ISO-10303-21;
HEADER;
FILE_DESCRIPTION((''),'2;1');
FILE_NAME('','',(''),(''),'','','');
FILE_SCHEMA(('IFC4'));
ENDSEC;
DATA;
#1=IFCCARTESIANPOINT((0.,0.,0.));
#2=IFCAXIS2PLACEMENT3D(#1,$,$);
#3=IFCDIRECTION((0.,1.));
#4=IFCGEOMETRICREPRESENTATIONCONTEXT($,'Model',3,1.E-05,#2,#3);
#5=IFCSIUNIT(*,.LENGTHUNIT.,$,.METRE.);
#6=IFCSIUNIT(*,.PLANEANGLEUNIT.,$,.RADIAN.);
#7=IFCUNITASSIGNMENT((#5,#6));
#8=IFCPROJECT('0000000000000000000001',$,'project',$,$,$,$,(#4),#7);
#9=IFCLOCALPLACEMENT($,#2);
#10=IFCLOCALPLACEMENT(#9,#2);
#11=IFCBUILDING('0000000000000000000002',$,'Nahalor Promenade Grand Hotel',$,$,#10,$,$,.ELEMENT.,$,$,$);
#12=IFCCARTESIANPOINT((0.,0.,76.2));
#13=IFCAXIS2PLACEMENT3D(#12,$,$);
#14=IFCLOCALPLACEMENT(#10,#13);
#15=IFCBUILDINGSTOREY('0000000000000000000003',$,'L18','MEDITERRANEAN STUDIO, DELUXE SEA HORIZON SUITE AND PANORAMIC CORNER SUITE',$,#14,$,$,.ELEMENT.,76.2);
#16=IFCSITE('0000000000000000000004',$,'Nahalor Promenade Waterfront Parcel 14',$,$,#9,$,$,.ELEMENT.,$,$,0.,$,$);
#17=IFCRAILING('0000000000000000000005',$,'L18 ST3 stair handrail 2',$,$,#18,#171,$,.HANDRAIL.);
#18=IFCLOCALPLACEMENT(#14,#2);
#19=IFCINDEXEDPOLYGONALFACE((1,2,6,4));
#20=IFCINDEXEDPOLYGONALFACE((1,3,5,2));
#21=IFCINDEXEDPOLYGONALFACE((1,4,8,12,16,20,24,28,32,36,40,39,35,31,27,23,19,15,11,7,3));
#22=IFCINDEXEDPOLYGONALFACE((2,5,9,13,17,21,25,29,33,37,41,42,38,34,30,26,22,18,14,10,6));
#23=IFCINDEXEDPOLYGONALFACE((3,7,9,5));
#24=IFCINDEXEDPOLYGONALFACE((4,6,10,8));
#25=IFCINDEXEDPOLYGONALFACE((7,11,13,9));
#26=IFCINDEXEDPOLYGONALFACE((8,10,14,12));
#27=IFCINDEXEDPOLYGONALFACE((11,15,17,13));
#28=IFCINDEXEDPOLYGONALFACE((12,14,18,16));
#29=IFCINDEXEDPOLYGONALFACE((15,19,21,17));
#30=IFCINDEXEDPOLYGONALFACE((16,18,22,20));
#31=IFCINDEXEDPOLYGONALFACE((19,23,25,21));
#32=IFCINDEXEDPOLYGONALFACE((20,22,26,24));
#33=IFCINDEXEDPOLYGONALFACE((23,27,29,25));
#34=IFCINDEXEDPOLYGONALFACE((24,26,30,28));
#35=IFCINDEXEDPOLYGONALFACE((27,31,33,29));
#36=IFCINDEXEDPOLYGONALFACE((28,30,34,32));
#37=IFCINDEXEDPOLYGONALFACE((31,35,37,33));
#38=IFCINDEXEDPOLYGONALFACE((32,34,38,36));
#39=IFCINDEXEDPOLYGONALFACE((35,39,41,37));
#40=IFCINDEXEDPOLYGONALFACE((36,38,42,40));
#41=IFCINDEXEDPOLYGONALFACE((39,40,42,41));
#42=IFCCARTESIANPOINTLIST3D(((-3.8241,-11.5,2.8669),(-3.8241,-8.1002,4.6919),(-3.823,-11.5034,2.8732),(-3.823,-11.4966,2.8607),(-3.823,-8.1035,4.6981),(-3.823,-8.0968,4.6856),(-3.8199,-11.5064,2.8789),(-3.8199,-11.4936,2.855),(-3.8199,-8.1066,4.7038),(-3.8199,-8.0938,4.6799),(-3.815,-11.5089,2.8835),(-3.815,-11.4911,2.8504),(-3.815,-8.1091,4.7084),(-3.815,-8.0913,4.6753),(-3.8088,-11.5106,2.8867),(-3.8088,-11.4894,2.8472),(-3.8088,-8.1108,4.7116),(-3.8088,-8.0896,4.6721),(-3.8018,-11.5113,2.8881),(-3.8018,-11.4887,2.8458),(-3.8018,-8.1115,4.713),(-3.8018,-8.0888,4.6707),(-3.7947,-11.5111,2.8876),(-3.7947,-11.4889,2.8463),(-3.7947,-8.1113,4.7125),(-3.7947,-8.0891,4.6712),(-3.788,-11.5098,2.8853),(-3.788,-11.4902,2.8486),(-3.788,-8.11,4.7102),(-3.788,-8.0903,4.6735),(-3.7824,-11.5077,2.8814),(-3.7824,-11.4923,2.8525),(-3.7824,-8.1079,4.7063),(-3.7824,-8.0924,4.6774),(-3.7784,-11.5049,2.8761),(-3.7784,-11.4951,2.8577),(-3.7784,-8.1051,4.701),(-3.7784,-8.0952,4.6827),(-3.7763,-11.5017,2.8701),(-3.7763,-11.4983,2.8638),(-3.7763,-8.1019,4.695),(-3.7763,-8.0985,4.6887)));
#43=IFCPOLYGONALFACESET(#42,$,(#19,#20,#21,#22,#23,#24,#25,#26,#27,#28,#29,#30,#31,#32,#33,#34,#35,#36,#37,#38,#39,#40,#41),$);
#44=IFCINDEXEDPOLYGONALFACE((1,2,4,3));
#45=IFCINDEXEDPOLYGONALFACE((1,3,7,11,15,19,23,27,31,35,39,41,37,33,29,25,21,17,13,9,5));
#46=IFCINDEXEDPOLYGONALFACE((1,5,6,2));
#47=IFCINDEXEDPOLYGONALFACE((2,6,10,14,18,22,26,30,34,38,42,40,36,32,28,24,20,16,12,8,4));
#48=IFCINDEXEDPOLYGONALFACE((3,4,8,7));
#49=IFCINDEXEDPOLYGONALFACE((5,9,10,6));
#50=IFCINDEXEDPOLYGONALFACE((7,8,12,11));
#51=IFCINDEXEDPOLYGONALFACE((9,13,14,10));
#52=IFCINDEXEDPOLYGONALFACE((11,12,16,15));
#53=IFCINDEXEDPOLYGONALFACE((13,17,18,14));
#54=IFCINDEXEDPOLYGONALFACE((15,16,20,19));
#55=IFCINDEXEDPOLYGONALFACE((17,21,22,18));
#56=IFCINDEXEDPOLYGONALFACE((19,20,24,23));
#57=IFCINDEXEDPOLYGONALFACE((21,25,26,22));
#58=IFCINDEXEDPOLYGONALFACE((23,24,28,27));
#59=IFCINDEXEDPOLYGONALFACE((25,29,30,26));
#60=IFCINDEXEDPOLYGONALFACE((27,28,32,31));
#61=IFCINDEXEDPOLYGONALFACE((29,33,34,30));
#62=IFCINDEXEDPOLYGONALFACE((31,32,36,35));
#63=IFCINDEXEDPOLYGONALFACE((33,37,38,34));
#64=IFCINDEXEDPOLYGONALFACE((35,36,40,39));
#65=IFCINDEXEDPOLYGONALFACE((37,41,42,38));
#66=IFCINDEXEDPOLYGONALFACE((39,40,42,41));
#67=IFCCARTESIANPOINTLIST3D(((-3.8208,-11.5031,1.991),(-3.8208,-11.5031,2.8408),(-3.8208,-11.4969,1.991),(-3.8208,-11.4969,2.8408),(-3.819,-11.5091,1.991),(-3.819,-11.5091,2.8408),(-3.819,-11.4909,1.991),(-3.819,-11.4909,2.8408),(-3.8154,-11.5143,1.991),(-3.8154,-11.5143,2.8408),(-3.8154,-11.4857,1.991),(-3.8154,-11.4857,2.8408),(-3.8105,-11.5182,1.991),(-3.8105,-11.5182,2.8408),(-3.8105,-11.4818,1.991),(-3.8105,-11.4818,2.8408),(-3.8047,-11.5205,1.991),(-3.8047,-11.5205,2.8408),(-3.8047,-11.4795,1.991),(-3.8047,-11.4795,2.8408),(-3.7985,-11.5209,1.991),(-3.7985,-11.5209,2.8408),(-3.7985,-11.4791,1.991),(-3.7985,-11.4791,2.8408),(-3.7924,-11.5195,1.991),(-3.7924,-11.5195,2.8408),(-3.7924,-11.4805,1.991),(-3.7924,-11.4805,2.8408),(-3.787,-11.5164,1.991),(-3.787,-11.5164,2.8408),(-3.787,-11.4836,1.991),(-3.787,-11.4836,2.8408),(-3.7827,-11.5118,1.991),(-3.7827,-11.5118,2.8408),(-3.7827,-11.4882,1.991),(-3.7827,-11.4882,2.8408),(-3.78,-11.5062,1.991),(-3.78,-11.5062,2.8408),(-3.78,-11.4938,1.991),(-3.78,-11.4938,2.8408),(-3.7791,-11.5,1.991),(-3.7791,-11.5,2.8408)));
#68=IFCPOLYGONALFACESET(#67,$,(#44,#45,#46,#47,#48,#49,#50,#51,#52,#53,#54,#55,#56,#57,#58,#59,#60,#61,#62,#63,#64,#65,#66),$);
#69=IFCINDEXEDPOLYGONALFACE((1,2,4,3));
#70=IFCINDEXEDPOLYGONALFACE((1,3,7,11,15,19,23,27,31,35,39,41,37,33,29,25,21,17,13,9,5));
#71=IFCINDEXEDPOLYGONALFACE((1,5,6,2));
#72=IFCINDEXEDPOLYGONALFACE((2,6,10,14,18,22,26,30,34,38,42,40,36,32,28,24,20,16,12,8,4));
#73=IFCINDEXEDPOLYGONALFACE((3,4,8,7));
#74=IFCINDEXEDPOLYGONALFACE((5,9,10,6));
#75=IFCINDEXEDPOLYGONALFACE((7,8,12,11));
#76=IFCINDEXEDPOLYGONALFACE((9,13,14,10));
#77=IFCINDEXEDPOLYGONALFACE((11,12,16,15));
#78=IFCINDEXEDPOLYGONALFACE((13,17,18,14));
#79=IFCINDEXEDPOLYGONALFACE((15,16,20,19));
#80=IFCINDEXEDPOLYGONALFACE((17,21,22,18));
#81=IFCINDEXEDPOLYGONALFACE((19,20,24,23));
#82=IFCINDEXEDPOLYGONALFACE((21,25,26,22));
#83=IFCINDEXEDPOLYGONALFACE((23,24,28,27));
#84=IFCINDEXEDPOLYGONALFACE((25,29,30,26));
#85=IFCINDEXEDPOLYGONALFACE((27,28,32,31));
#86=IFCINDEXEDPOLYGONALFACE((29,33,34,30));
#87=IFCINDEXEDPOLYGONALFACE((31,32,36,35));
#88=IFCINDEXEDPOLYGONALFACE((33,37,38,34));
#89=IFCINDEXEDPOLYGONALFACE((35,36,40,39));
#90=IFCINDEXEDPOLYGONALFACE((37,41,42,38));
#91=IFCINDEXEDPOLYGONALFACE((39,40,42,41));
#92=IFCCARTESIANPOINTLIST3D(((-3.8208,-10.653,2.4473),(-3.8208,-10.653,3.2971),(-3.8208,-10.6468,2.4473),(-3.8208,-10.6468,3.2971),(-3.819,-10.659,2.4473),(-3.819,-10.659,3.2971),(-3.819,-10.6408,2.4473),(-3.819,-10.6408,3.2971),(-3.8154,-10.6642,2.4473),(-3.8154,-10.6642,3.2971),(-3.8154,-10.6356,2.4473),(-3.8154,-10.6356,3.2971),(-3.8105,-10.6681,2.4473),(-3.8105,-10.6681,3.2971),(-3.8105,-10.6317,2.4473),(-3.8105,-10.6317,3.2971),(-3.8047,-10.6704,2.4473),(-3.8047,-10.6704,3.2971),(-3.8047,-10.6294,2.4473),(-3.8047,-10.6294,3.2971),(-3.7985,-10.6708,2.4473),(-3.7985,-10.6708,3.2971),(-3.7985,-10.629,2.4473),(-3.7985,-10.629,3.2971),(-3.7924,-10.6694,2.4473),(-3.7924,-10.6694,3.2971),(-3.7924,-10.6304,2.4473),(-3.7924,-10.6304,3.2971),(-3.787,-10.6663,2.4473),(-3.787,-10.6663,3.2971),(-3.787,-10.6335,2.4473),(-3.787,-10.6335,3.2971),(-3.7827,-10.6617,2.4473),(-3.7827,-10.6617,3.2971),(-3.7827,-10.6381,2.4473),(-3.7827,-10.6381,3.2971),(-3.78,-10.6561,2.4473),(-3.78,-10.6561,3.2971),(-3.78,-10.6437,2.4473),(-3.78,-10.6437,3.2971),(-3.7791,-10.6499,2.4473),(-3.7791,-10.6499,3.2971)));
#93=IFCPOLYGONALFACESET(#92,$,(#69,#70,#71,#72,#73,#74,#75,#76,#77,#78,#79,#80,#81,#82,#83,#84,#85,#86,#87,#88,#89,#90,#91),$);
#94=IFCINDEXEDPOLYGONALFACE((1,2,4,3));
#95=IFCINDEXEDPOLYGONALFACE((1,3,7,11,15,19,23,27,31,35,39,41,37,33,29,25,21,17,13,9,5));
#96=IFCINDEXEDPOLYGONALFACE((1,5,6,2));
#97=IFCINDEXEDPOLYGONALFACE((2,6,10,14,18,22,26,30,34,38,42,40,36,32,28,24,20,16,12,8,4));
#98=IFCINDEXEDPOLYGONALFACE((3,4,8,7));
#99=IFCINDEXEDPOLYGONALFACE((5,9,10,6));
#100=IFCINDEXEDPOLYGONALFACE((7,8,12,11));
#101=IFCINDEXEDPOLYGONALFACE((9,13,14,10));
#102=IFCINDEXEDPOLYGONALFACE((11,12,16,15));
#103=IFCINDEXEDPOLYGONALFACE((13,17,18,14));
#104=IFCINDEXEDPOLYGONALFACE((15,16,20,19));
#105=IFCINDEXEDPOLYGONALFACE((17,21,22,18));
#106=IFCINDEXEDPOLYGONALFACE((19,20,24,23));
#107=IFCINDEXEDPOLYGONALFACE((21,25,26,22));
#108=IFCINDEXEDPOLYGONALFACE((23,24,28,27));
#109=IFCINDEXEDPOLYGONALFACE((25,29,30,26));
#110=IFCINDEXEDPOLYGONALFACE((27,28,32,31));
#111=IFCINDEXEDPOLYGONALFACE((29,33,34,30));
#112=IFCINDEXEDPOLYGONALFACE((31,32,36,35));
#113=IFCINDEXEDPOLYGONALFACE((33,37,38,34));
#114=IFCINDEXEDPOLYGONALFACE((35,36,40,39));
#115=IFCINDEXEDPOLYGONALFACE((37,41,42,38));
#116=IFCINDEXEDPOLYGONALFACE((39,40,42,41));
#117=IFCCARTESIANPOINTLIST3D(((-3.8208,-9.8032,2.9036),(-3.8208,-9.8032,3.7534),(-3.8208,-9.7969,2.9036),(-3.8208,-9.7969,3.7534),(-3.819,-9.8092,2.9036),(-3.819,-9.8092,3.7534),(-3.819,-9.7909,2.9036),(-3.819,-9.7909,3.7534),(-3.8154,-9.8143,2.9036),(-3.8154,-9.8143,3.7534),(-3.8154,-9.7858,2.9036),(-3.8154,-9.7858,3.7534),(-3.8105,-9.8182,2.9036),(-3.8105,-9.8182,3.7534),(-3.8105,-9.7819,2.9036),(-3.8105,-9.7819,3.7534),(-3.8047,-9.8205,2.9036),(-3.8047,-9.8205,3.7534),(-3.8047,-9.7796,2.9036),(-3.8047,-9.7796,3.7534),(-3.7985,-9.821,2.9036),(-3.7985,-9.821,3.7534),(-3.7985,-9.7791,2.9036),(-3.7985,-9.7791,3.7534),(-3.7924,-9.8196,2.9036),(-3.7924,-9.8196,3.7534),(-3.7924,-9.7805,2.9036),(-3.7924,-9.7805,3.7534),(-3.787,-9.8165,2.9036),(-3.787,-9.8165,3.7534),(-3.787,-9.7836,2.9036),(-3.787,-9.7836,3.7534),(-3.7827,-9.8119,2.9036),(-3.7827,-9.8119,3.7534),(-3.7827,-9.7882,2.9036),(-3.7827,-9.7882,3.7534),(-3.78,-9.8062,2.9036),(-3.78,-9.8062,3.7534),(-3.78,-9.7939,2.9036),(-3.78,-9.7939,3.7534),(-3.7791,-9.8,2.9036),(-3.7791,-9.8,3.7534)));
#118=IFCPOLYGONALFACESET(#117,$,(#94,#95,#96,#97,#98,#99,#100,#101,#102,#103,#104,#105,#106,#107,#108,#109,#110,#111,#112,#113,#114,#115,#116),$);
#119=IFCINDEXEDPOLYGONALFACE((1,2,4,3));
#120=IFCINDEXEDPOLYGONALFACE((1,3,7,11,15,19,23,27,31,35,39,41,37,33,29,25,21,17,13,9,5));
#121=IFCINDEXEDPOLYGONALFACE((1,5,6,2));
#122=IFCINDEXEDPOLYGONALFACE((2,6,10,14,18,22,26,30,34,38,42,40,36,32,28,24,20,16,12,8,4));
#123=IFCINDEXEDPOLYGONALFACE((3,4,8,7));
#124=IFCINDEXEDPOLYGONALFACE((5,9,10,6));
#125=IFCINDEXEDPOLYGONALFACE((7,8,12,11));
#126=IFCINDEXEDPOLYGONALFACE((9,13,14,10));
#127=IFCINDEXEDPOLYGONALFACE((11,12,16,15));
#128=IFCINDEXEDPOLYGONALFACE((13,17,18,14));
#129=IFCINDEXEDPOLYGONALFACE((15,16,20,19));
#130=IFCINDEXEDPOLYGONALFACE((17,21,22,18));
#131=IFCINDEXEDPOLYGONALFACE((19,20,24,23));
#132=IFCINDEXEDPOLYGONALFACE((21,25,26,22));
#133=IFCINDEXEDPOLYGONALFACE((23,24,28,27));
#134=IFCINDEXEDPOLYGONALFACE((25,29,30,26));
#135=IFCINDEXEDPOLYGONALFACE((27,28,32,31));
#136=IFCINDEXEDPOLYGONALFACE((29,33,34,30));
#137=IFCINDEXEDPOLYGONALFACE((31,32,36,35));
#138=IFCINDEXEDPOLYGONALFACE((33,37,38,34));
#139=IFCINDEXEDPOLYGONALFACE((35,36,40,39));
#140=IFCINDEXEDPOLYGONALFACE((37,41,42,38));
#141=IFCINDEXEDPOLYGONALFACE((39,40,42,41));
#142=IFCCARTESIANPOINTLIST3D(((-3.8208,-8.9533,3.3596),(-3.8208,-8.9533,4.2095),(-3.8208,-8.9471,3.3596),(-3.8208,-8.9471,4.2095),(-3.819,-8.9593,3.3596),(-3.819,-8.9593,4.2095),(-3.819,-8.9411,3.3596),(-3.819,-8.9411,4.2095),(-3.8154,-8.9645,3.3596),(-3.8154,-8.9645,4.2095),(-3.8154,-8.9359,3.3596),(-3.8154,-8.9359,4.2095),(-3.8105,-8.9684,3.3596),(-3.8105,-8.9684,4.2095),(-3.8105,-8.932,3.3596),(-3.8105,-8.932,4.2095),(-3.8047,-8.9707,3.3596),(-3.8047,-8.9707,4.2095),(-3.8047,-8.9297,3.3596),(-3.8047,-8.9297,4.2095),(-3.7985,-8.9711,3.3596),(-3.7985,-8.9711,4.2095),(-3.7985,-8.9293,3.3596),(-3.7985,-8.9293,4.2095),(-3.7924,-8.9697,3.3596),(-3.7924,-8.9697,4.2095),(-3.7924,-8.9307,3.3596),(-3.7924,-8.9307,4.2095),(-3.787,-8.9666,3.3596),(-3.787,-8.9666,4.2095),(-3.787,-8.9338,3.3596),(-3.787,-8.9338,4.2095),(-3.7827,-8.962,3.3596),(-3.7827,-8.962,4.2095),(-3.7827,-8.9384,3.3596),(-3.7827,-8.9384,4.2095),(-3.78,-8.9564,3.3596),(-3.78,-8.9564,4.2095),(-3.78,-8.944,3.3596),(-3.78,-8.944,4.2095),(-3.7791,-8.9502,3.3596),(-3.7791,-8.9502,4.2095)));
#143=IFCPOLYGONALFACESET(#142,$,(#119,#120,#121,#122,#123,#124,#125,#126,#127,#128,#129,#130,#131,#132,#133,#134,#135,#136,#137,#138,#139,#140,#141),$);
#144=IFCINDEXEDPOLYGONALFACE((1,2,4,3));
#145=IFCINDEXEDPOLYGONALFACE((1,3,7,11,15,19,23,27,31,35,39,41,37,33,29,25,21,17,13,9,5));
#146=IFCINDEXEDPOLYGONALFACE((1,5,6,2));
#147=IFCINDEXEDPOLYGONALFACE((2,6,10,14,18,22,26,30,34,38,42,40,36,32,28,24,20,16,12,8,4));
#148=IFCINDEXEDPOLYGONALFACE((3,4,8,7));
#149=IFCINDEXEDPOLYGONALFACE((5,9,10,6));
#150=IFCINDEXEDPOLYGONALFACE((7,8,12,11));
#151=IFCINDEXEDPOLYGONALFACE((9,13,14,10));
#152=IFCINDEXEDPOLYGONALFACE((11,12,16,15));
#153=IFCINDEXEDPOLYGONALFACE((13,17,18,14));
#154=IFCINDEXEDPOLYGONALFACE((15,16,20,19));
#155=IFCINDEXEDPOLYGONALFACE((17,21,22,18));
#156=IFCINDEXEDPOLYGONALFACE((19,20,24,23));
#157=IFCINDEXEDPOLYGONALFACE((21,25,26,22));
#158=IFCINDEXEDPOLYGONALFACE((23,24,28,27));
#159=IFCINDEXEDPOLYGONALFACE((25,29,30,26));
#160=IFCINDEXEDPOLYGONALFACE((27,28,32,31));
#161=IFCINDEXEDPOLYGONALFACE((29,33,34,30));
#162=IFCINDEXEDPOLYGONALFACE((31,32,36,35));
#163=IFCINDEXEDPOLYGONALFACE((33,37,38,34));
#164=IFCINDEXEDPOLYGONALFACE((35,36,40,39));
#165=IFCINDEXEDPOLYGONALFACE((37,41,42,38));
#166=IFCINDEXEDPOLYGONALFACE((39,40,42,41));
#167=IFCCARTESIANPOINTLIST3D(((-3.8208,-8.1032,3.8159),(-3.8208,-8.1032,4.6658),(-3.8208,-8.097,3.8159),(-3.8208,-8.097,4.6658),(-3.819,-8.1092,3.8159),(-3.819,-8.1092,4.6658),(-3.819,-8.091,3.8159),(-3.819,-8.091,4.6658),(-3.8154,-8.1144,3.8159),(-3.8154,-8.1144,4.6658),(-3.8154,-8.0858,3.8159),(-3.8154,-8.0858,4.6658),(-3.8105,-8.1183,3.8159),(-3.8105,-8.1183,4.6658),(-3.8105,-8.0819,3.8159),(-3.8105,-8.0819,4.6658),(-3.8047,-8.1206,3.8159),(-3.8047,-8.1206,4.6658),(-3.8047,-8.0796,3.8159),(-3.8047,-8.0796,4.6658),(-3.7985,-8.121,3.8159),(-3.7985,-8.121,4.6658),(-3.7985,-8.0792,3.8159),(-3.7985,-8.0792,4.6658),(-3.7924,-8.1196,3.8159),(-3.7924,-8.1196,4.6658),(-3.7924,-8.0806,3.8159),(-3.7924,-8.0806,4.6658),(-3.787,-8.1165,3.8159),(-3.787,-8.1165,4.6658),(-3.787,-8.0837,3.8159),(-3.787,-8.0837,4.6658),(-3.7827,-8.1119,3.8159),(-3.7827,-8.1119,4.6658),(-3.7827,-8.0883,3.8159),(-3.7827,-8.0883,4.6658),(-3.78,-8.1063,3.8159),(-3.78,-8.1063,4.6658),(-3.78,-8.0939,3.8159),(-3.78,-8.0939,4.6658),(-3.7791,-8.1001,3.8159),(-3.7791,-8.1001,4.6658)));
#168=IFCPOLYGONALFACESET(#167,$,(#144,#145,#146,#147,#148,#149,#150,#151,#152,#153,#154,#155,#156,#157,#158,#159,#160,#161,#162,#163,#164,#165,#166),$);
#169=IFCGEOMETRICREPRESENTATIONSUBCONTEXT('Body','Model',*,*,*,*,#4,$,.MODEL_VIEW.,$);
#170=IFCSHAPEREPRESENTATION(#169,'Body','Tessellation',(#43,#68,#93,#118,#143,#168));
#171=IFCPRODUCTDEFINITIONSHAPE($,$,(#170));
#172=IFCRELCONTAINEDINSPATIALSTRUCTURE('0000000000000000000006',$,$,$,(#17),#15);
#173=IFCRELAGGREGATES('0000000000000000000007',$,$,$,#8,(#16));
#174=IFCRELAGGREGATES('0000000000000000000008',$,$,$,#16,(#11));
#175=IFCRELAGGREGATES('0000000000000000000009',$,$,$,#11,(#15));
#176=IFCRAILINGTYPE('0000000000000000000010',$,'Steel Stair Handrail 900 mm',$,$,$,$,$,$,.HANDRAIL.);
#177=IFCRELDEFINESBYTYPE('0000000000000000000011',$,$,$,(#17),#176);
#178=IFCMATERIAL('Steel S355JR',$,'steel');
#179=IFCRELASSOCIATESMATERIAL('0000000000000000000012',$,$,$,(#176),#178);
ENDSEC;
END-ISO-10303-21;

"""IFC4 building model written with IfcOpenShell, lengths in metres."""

from ifc_helpers import new_model, si_unit, direction, frame, origin, origin_2d, place, context, subcontext, project, spatial, circle, extrude, material, type_object, element, save


model = new_model("IFC4")

# Units and contexts
model_context = context("Model", 3, precision=1e-05, world=origin(), true_north=direction((0.0, 1.0)))
body_context = subcontext(model_context, "Body", "Model", "MODEL_VIEW")
ifc_project = project(units=[si_unit("LENGTHUNIT", "METRE"), si_unit("PLANEANGLEUNIT", "RADIAN")], contexts=[model_context])

# Site, building, storey
site_placement = place(None, origin())
site = spatial("IfcSite", under=ifc_project, at=site_placement, Name="Nahalor Promenade Waterfront Parcel 14", CompositionType="ELEMENT", RefElevation=0.0)
building_placement = place(site_placement, origin())
building = spatial("IfcBuilding", under=site, at=building_placement, Name="Nahalor Promenade Grand Hotel", CompositionType="ELEMENT")
storey_placement = place(building_placement, frame((0.0, 0.0, 76.2)))
storey = spatial("IfcBuildingStorey", under=building, at=storey_placement, Name="L18", Description="MEDITERRANEAN STUDIO, DELUXE SEA HORIZON SUITE AND PANORAMIC CORNER SUITE", CompositionType="ELEMENT", Elevation=76.2)

# Shared definitions
ifc_material_1 = material(Name="Steel S355JR", Category="steel")

# Railing
railing_type_1 = type_object("IfcRailingType", Name="Steel Stair Handrail 900 mm", PredefinedType="HANDRAIL", material=ifc_material_1)
railing_1_placement = place(storey_placement, frame((-3.8, -11.5, 1.991)))
element("IfcRailing", 1, at=railing_1_placement, inside=storey, type_object=railing_type_1, Name="L18 ST3 stair handrail 2", PredefinedType="HANDRAIL", context=body_context, shape_type="SweptSolid", body=[
    extrude(circle(Radius=0.024, at=origin_2d()), frame((0.0, 0.0, 0.876), z_axis=(0.0, 0.881094, 0.472941), x_axis=(-1.0, 0.0, 0.0)), (0.0, 0.0, 1.0), 3.8586),
    extrude(circle(Radius=0.021, at=origin_2d()), origin(), (0.0, 0.0, 1.0), 0.8499),
    extrude(circle(Radius=0.021, at=origin_2d()), frame((0.0, 0.8501, 0.4563)), (0.0, 0.0, 1.0), 0.8499),
    extrude(circle(Radius=0.021, at=origin_2d()), frame((0.0, 1.7, 0.9126)), (0.0, 0.0, 1.0), 0.8499),
    extrude(circle(Radius=0.021, at=origin_2d()), frame((0.0, 2.5498, 1.3687)), (0.0, 0.0, 1.0), 0.8499),
    extrude(circle(Radius=0.021, at=origin_2d()), frame((0.0, 3.3999, 1.825)), (0.0, 0.0, 1.0), 0.8499),
])

save(model, "model.ifc")
